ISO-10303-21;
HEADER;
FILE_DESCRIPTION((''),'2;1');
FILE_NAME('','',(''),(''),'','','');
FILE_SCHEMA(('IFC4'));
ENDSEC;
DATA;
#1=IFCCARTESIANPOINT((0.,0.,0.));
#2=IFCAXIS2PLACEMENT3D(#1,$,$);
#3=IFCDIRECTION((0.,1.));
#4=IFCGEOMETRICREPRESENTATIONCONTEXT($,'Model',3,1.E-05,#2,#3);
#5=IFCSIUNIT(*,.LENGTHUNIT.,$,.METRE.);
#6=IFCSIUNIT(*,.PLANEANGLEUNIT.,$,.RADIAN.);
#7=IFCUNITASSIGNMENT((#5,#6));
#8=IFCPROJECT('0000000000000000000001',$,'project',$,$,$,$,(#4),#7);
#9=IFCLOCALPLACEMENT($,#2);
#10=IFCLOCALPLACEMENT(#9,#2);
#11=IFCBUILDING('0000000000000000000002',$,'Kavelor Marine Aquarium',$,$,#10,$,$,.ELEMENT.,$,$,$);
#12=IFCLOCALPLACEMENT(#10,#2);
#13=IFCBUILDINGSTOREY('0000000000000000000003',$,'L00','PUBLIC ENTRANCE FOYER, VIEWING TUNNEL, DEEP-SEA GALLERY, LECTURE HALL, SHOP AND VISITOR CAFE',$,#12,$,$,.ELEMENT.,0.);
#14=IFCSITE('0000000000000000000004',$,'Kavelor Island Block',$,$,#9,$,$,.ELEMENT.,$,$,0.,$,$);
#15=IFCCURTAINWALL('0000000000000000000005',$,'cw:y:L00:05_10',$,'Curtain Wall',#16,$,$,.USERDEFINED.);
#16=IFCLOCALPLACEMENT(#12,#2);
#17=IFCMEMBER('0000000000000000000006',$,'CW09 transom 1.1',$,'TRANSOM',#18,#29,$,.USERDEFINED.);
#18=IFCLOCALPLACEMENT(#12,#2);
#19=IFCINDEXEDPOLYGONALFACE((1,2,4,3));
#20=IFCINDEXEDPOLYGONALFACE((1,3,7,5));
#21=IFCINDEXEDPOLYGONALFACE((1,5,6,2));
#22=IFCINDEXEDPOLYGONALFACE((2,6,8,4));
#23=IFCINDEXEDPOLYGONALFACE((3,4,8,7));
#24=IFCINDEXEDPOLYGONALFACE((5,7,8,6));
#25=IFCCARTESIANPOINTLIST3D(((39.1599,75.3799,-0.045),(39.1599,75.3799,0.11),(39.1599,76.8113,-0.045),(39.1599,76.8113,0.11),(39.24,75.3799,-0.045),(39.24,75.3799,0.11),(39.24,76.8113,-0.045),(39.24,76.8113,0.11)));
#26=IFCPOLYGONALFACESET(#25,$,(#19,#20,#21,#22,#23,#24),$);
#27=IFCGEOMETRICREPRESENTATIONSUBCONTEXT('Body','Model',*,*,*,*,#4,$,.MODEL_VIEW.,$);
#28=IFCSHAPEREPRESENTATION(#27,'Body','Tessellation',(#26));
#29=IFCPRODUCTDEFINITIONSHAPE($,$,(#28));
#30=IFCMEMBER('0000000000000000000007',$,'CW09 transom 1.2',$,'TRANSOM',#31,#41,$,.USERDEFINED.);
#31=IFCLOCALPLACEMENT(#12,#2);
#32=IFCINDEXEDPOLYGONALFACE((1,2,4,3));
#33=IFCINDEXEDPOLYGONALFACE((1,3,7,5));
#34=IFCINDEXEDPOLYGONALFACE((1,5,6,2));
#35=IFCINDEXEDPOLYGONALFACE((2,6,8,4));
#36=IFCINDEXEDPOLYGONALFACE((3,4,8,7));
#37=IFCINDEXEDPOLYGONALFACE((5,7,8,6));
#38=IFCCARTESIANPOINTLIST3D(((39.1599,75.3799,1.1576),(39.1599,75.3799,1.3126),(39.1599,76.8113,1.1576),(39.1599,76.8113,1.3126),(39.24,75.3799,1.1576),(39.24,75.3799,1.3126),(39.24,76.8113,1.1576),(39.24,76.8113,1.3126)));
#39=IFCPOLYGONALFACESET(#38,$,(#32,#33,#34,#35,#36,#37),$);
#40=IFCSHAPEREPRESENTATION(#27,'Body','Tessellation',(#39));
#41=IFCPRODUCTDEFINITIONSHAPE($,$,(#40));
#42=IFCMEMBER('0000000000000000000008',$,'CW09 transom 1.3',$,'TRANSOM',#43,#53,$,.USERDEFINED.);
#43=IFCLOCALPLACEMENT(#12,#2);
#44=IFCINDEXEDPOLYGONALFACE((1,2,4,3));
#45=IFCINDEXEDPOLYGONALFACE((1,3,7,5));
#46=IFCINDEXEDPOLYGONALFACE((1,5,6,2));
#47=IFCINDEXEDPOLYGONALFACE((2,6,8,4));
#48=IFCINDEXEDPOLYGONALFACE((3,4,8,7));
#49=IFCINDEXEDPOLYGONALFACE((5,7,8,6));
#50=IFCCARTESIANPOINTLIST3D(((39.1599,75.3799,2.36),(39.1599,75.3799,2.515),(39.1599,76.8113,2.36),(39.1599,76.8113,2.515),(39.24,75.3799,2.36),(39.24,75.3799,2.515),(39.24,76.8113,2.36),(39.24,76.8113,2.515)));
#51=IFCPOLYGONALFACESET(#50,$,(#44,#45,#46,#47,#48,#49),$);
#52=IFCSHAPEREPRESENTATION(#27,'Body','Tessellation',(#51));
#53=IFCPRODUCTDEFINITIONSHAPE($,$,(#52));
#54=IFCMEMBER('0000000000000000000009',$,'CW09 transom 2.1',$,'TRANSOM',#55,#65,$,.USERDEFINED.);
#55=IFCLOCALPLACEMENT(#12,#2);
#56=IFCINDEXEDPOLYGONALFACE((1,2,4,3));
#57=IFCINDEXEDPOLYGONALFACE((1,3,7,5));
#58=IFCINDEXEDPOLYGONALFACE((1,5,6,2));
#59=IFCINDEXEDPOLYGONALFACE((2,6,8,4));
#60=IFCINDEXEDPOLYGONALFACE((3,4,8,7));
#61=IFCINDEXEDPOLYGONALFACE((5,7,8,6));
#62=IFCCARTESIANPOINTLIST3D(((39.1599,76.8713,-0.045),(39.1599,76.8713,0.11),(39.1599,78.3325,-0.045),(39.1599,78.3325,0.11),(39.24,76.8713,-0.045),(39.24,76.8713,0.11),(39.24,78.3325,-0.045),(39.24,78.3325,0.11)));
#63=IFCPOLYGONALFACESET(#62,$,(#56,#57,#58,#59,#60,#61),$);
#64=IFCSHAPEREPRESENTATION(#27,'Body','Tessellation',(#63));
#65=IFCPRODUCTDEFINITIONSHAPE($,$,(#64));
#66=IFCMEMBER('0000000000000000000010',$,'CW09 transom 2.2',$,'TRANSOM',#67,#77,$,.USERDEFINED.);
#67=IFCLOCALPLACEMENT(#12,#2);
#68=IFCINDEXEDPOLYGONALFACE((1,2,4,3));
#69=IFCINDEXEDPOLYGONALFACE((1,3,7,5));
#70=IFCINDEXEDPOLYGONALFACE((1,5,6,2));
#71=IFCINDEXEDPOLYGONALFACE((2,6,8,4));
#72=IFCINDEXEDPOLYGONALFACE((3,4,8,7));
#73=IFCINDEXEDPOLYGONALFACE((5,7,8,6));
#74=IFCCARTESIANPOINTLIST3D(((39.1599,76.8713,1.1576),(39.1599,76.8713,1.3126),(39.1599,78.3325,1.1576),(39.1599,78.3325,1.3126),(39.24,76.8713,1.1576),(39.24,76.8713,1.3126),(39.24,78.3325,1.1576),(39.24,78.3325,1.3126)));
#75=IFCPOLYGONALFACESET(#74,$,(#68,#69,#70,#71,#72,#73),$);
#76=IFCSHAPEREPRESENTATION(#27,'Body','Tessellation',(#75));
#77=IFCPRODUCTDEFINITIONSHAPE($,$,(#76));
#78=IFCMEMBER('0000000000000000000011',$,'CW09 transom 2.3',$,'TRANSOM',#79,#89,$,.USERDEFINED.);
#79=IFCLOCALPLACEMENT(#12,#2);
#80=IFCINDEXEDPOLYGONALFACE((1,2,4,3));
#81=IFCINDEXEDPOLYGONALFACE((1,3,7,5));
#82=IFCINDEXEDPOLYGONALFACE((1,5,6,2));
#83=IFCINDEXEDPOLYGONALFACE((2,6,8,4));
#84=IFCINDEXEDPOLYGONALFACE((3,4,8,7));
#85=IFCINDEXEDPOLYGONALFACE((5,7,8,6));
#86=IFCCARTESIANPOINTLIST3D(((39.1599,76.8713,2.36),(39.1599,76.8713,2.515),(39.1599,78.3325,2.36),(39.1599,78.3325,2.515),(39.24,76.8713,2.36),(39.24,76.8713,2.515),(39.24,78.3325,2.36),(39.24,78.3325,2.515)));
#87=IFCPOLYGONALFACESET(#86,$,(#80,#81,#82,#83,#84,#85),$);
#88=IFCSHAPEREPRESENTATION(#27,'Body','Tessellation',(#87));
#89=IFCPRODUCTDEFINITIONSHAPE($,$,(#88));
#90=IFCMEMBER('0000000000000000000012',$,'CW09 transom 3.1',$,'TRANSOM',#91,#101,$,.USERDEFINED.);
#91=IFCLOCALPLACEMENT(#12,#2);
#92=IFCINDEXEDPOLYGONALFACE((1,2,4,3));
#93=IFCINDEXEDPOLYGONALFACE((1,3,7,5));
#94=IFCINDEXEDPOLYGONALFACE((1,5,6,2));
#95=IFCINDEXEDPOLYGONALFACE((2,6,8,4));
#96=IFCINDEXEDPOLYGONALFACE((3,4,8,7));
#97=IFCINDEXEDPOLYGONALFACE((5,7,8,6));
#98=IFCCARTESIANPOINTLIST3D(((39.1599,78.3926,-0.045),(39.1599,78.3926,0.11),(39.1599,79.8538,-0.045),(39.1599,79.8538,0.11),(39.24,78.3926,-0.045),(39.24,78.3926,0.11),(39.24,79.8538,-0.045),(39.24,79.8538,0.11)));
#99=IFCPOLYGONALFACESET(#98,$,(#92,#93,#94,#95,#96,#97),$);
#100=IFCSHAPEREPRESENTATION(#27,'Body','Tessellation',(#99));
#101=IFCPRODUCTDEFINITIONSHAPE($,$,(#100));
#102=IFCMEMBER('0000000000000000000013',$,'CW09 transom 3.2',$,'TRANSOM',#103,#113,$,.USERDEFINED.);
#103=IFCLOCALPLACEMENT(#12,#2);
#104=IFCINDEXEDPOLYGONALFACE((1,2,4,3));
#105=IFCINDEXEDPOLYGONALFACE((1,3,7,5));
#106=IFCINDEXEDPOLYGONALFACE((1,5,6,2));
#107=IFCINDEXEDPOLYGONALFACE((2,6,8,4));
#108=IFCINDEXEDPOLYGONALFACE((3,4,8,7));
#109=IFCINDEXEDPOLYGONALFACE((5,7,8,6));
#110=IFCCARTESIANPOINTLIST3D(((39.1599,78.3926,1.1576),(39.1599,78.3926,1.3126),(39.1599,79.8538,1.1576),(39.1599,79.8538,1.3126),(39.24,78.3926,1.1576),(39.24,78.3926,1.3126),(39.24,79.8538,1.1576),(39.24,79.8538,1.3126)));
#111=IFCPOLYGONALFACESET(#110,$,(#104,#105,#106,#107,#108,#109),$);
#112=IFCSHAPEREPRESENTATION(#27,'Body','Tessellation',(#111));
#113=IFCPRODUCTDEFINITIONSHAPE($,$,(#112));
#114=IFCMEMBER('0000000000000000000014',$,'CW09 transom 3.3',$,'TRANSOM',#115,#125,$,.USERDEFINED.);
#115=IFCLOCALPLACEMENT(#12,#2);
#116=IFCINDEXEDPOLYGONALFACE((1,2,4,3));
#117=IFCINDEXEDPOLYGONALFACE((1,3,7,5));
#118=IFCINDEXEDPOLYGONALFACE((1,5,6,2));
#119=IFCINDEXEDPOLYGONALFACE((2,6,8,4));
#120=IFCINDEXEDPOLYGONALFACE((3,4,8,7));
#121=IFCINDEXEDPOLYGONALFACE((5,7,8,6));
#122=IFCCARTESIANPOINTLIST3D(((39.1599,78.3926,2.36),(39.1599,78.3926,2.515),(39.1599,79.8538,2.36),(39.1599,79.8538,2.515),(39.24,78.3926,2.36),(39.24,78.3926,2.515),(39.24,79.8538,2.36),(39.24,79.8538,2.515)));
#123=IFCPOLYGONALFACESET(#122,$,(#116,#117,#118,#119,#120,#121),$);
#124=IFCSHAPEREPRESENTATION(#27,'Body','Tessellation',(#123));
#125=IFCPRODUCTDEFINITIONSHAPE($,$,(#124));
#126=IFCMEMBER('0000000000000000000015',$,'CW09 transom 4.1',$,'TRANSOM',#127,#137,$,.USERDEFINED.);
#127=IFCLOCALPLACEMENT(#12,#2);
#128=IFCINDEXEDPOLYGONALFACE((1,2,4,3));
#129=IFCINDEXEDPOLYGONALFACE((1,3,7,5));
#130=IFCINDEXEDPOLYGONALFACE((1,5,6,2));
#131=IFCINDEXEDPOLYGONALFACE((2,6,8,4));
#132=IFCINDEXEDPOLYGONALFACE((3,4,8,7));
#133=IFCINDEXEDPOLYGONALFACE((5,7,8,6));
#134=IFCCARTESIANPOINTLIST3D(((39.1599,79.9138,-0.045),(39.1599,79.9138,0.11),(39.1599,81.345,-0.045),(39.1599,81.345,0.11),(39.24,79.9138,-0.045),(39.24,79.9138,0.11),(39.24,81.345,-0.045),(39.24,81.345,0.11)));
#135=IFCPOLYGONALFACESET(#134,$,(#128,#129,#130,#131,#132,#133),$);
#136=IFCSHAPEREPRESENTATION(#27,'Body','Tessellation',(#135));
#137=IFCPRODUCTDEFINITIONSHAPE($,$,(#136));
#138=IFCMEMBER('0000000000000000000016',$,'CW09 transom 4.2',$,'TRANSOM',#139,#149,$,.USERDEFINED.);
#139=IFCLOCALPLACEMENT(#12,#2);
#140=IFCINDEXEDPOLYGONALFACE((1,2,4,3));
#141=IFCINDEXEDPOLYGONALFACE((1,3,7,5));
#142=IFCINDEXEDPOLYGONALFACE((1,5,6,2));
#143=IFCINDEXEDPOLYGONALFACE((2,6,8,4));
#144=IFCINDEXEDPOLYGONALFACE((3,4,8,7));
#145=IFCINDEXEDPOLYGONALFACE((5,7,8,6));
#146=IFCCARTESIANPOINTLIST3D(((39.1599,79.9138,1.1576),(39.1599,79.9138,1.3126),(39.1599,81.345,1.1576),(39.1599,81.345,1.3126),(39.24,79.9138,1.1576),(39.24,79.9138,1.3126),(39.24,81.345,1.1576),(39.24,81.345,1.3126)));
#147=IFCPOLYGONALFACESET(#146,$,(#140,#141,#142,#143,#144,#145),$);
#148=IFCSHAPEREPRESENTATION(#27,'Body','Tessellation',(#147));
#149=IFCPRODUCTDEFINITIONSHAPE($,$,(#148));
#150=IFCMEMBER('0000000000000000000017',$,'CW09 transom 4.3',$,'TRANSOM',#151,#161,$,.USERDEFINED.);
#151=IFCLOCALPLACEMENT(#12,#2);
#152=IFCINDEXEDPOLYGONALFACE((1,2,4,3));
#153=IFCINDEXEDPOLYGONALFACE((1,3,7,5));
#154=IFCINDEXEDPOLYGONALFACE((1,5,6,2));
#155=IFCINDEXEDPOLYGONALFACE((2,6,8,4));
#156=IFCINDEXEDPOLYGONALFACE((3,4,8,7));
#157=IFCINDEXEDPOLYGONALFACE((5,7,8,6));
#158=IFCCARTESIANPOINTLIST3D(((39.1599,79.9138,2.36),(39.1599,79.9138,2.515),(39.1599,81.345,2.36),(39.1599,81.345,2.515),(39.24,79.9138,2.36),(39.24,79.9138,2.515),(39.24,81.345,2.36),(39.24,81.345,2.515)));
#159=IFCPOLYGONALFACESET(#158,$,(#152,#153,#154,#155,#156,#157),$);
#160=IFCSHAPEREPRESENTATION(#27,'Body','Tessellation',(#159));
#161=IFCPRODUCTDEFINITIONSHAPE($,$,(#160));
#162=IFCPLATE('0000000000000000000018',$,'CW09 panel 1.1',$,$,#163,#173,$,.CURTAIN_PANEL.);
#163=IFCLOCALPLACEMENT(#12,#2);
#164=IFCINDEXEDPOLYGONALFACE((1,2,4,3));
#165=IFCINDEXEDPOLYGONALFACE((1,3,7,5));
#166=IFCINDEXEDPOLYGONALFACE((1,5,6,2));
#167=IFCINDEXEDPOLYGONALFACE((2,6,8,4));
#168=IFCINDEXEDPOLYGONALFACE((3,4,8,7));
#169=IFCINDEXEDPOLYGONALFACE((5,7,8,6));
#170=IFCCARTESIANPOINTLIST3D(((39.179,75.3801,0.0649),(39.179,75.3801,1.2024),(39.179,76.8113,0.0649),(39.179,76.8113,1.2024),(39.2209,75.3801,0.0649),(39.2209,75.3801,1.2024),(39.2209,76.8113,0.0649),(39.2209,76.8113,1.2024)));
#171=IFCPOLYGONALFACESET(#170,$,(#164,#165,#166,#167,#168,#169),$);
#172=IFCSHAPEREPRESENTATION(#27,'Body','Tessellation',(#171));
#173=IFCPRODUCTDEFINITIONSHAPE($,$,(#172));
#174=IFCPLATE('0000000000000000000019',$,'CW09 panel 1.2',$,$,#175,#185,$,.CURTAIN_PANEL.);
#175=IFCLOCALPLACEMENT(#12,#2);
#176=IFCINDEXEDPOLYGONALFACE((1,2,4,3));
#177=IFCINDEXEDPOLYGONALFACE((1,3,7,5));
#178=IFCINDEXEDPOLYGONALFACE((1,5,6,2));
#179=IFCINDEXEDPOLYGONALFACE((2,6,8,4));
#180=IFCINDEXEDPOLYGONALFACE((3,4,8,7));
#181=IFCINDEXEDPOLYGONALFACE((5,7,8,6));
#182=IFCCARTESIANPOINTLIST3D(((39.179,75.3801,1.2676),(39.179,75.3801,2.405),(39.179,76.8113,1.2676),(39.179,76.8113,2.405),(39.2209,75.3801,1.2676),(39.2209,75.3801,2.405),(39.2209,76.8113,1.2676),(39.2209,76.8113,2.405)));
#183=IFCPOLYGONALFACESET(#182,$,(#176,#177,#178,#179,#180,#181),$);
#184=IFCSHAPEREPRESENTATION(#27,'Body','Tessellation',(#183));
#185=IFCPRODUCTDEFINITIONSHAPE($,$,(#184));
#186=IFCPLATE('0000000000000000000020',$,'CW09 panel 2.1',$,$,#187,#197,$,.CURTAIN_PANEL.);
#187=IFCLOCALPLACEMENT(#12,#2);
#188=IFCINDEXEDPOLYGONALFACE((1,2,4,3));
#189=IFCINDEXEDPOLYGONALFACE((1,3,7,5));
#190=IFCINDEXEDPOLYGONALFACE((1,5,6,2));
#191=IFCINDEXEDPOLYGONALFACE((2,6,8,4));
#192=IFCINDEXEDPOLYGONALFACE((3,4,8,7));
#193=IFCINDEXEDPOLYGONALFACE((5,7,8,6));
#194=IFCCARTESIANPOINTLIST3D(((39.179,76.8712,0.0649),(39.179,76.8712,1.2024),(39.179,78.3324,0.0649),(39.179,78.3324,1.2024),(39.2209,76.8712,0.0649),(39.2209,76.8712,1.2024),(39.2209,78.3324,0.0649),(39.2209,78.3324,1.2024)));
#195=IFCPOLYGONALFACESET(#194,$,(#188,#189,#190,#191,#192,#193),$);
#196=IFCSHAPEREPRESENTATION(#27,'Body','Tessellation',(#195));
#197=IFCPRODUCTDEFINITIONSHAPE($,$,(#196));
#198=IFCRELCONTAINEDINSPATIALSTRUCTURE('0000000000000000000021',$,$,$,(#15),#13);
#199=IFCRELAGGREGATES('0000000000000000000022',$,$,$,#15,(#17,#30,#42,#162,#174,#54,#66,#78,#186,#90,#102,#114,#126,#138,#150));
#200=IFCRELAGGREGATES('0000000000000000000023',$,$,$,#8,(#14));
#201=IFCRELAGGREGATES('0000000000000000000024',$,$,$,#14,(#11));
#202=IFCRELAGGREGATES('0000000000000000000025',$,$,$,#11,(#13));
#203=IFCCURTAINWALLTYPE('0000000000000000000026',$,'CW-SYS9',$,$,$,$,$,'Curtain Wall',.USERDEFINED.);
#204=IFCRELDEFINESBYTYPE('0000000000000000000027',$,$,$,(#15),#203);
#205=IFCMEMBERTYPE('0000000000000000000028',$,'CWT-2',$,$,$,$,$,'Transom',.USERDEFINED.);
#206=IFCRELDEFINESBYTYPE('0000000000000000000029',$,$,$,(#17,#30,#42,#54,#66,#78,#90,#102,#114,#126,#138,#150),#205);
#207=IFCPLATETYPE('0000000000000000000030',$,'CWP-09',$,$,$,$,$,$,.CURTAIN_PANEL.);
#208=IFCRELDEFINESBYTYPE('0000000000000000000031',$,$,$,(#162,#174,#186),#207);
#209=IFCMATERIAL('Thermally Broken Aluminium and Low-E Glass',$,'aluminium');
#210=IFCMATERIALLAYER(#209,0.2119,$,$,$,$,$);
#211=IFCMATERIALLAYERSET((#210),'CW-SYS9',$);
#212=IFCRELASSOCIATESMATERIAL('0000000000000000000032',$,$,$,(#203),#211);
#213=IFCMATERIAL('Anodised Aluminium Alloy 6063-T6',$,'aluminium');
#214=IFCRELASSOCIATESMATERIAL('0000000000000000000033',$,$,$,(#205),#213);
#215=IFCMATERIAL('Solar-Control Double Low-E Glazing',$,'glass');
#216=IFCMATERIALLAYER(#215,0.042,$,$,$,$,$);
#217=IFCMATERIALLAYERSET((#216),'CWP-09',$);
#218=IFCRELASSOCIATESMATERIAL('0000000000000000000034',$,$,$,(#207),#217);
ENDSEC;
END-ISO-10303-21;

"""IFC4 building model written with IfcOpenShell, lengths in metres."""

from ifc_helpers import new_model, si_unit, direction, frame, origin, origin_2d, place, context, subcontext, project, spatial, rectangle, extrude, material, layer, layer_set, material_profile, profile_set, type_object, element, aggregate, save


model = new_model("IFC4")

# Units and contexts
model_context = context("Model", 3, precision=1e-05, world=origin(), true_north=direction((0.0, 1.0)))
body_context = subcontext(model_context, "Body", "Model", "MODEL_VIEW")
ifc_project = project(units=[si_unit("LENGTHUNIT", "METRE"), si_unit("PLANEANGLEUNIT", "RADIAN")], contexts=[model_context])

# Site, building, storey
site_placement = place(None, origin())
site = spatial("IfcSite", under=ifc_project, at=site_placement, Name="Kavelor Island Block", CompositionType="ELEMENT", RefElevation=0.0)
building_placement = place(site_placement, origin())
building = spatial("IfcBuilding", under=site, at=building_placement, Name="Kavelor Marine Aquarium", CompositionType="ELEMENT")
storey_placement = place(building_placement, origin())
storey = spatial("IfcBuildingStorey", under=building, at=storey_placement, Name="L00", Description="PUBLIC ENTRANCE FOYER, VIEWING TUNNEL, DEEP-SEA GALLERY, LECTURE HALL, SHOP AND VISITOR CAFE", CompositionType="ELEMENT", Elevation=0.0)

# Curtain wall, members, plates
ifc_material_1 = material(Name="Thermally Broken Aluminium and Low-E Glass", Category="aluminium")
ifc_layer_1 = layer(ifc_material_1, 0.2119)
ifc_layer_set_1 = layer_set([ifc_layer_1], Name="CW-SYS9")
curtain_wall_type = type_object("IfcCurtainWallType", Name="CW-SYS9", ElementType="Curtain Wall", PredefinedType="USERDEFINED", material=ifc_layer_set_1)
curtain_wall_placement = place(storey_placement, origin())
curtain_wall = element("IfcCurtainWall", 1, at=curtain_wall_placement, inside=storey, type_object=curtain_wall_type, Name="cw:y:L00:05_10", ObjectType="Curtain Wall", PredefinedType="USERDEFINED")
ifc_material_2 = material(Name="Anodised Aluminium Alloy 6063-T6", Category="aluminium")
ifc_material_profile_1 = material_profile(ifc_material_2, rectangle(XDim=0.0801, YDim=0.155, at=origin_2d()), Name="CW-TRN 80x155")
ifc_profile_set_1 = profile_set([ifc_material_profile_1], Name="Anodised Aluminium Alloy 6063-T6")
member_type_1 = type_object("IfcMemberType", Name="CWT-2", ElementType="Transom", PredefinedType="USERDEFINED", material=ifc_profile_set_1)
member_1_placement = place(storey_placement, frame((39.2, 75.3799, 0.0325), z_axis=(0.0, 1.0, 0.0), x_axis=(-1.0, 0.0, 0.0)))
member_1 = element("IfcMember", 2, at=member_1_placement, type_object=member_type_1, Name="CW09 transom 1.1", ObjectType="TRANSOM", PredefinedType="USERDEFINED", context=body_context, shape_type="SweptSolid", body=[
    extrude(rectangle(XDim=0.0801, YDim=0.155, at=origin_2d()), origin(), (0.0, 0.0, 1.0), 1.4314),
])
member_2_placement = place(storey_placement, frame((39.2, 75.3799, 1.2351), z_axis=(0.0, 1.0, 0.0), x_axis=(-1.0, 0.0, 0.0)))
member_2 = element("IfcMember", 3, at=member_2_placement, type_object=member_type_1, Name="CW09 transom 1.2", ObjectType="TRANSOM", PredefinedType="USERDEFINED", context=body_context, shape_type="SweptSolid", body=[
    extrude(rectangle(XDim=0.0801, YDim=0.155, at=origin_2d()), origin(), (0.0, 0.0, 1.0), 1.4314),
])
member_3_placement = place(storey_placement, frame((39.2, 75.3799, 2.4375), z_axis=(0.0, 1.0, 0.0), x_axis=(-1.0, 0.0, 0.0)))
member_3 = element("IfcMember", 4, at=member_3_placement, type_object=member_type_1, Name="CW09 transom 1.3", ObjectType="TRANSOM", PredefinedType="USERDEFINED", context=body_context, shape_type="SweptSolid", body=[
    extrude(rectangle(XDim=0.0801, YDim=0.155, at=origin_2d()), origin(), (0.0, 0.0, 1.0), 1.4314),
])
member_4_placement = place(storey_placement, frame((39.2, 76.8713, 0.0325), z_axis=(0.0, 1.0, 0.0), x_axis=(-1.0, 0.0, 0.0)))
member_4 = element("IfcMember", 5, at=member_4_placement, type_object=member_type_1, Name="CW09 transom 2.1", ObjectType="TRANSOM", PredefinedType="USERDEFINED", context=body_context, shape_type="SweptSolid", body=[
    extrude(rectangle(XDim=0.0801, YDim=0.155, at=origin_2d()), origin(), (0.0, 0.0, 1.0), 1.4612),
])
member_5_placement = place(storey_placement, frame((39.2, 76.8713, 1.2351), z_axis=(0.0, 1.0, 0.0), x_axis=(-1.0, 0.0, 0.0)))
member_5 = element("IfcMember", 6, at=member_5_placement, type_object=member_type_1, Name="CW09 transom 2.2", ObjectType="TRANSOM", PredefinedType="USERDEFINED", context=body_context, shape_type="SweptSolid", body=[
    extrude(rectangle(XDim=0.0801, YDim=0.155, at=origin_2d()), origin(), (0.0, 0.0, 1.0), 1.4612),
])
member_6_placement = place(storey_placement, frame((39.2, 76.8713, 2.4375), z_axis=(0.0, 1.0, 0.0), x_axis=(-1.0, 0.0, 0.0)))
member_6 = element("IfcMember", 7, at=member_6_placement, type_object=member_type_1, Name="CW09 transom 2.3", ObjectType="TRANSOM", PredefinedType="USERDEFINED", context=body_context, shape_type="SweptSolid", body=[
    extrude(rectangle(XDim=0.0801, YDim=0.155, at=origin_2d()), origin(), (0.0, 0.0, 1.0), 1.4612),
])
member_7_placement = place(storey_placement, frame((39.2, 78.3926, 0.0325), z_axis=(0.0, 1.0, 0.0), x_axis=(-1.0, 0.0, 0.0)))
member_7 = element("IfcMember", 8, at=member_7_placement, type_object=member_type_1, Name="CW09 transom 3.1", ObjectType="TRANSOM", PredefinedType="USERDEFINED", context=body_context, shape_type="SweptSolid", body=[
    extrude(rectangle(XDim=0.0801, YDim=0.155, at=origin_2d()), origin(), (0.0, 0.0, 1.0), 1.4612),
])
member_8_placement = place(storey_placement, frame((39.2, 78.3926, 1.2351), z_axis=(0.0, 1.0, 0.0), x_axis=(-1.0, 0.0, 0.0)))
member_8 = element("IfcMember", 9, at=member_8_placement, type_object=member_type_1, Name="CW09 transom 3.2", ObjectType="TRANSOM", PredefinedType="USERDEFINED", context=body_context, shape_type="SweptSolid", body=[
    extrude(rectangle(XDim=0.0801, YDim=0.155, at=origin_2d()), origin(), (0.0, 0.0, 1.0), 1.4612),
])
member_9_placement = place(storey_placement, frame((39.2, 78.3926, 2.4375), z_axis=(0.0, 1.0, 0.0), x_axis=(-1.0, 0.0, 0.0)))
member_9 = element("IfcMember", 10, at=member_9_placement, type_object=member_type_1, Name="CW09 transom 3.3", ObjectType="TRANSOM", PredefinedType="USERDEFINED", context=body_context, shape_type="SweptSolid", body=[
    extrude(rectangle(XDim=0.0801, YDim=0.155, at=origin_2d()), origin(), (0.0, 0.0, 1.0), 1.4612),
])
member_10_placement = place(storey_placement, frame((39.2, 79.9138, 0.0325), z_axis=(0.0, 1.0, 0.0), x_axis=(-1.0, 0.0, 0.0)))
member_10 = element("IfcMember", 11, at=member_10_placement, type_object=member_type_1, Name="CW09 transom 4.1", ObjectType="TRANSOM", PredefinedType="USERDEFINED", context=body_context, shape_type="SweptSolid", body=[
    extrude(rectangle(XDim=0.0801, YDim=0.155, at=origin_2d()), origin(), (0.0, 0.0, 1.0), 1.4312),
])
member_11_placement = place(storey_placement, frame((39.2, 79.9138, 1.2351), z_axis=(0.0, 1.0, 0.0), x_axis=(-1.0, 0.0, 0.0)))
member_11 = element("IfcMember", 12, at=member_11_placement, type_object=member_type_1, Name="CW09 transom 4.2", ObjectType="TRANSOM", PredefinedType="USERDEFINED", context=body_context, shape_type="SweptSolid", body=[
    extrude(rectangle(XDim=0.0801, YDim=0.155, at=origin_2d()), origin(), (0.0, 0.0, 1.0), 1.4312),
])
member_12_placement = place(storey_placement, frame((39.2, 79.9138, 2.4375), z_axis=(0.0, 1.0, 0.0), x_axis=(-1.0, 0.0, 0.0)))
member_12 = element("IfcMember", 13, at=member_12_placement, type_object=member_type_1, Name="CW09 transom 4.3", ObjectType="TRANSOM", PredefinedType="USERDEFINED", context=body_context, shape_type="SweptSolid", body=[
    extrude(rectangle(XDim=0.0801, YDim=0.155, at=origin_2d()), origin(), (0.0, 0.0, 1.0), 1.4312),
])
ifc_material_3 = material(Name="Solar-Control Double Low-E Glazing", Category="glass")
ifc_layer_2 = layer(ifc_material_3, 0.042)
ifc_layer_set_2 = layer_set([ifc_layer_2], Name="CWP-09")
plate_type = type_object("IfcPlateType", Name="CWP-09", PredefinedType="CURTAIN_PANEL", material=ifc_layer_set_2)
plate_1_placement = place(storey_placement, frame((39.2, 76.0957, 0.0649), z_axis=(0.0, 0.0, 1.0), x_axis=(0.0, 1.0, 0.0)))
plate_1 = element("IfcPlate", 14, at=plate_1_placement, type_object=plate_type, Name="CW09 panel 1.1", PredefinedType="CURTAIN_PANEL", context=body_context, shape_type="SweptSolid", body=[
    extrude(rectangle(XDim=1.4312, YDim=0.042, at=origin_2d()), origin(), (0.0, 0.0, 1.0), 1.1375),
])
plate_2_placement = place(storey_placement, frame((39.2, 76.0957, 1.2676), z_axis=(0.0, 0.0, 1.0), x_axis=(0.0, 1.0, 0.0)))
plate_2 = element("IfcPlate", 15, at=plate_2_placement, type_object=plate_type, Name="CW09 panel 1.2", PredefinedType="CURTAIN_PANEL", context=body_context, shape_type="SweptSolid", body=[
    extrude(rectangle(XDim=1.4312, YDim=0.042, at=origin_2d()), origin(), (0.0, 0.0, 1.0), 1.1375),
])
plate_3_placement = place(storey_placement, frame((39.2, 77.6018, 0.0649), z_axis=(0.0, 0.0, 1.0), x_axis=(0.0, 1.0, 0.0)))
plate_3 = element("IfcPlate", 16, at=plate_3_placement, type_object=plate_type, Name="CW09 panel 2.1", PredefinedType="CURTAIN_PANEL", context=body_context, shape_type="SweptSolid", body=[
    extrude(rectangle(XDim=1.4612, YDim=0.042, at=origin_2d()), origin(), (0.0, 0.0, 1.0), 1.1375),
])
aggregate(curtain_wall, [member_1, member_2, member_3, plate_1, plate_2, member_4, member_5, member_6, plate_3, member_7, member_8, member_9, member_10, member_11, member_12])

save(model, "model.ifc")
